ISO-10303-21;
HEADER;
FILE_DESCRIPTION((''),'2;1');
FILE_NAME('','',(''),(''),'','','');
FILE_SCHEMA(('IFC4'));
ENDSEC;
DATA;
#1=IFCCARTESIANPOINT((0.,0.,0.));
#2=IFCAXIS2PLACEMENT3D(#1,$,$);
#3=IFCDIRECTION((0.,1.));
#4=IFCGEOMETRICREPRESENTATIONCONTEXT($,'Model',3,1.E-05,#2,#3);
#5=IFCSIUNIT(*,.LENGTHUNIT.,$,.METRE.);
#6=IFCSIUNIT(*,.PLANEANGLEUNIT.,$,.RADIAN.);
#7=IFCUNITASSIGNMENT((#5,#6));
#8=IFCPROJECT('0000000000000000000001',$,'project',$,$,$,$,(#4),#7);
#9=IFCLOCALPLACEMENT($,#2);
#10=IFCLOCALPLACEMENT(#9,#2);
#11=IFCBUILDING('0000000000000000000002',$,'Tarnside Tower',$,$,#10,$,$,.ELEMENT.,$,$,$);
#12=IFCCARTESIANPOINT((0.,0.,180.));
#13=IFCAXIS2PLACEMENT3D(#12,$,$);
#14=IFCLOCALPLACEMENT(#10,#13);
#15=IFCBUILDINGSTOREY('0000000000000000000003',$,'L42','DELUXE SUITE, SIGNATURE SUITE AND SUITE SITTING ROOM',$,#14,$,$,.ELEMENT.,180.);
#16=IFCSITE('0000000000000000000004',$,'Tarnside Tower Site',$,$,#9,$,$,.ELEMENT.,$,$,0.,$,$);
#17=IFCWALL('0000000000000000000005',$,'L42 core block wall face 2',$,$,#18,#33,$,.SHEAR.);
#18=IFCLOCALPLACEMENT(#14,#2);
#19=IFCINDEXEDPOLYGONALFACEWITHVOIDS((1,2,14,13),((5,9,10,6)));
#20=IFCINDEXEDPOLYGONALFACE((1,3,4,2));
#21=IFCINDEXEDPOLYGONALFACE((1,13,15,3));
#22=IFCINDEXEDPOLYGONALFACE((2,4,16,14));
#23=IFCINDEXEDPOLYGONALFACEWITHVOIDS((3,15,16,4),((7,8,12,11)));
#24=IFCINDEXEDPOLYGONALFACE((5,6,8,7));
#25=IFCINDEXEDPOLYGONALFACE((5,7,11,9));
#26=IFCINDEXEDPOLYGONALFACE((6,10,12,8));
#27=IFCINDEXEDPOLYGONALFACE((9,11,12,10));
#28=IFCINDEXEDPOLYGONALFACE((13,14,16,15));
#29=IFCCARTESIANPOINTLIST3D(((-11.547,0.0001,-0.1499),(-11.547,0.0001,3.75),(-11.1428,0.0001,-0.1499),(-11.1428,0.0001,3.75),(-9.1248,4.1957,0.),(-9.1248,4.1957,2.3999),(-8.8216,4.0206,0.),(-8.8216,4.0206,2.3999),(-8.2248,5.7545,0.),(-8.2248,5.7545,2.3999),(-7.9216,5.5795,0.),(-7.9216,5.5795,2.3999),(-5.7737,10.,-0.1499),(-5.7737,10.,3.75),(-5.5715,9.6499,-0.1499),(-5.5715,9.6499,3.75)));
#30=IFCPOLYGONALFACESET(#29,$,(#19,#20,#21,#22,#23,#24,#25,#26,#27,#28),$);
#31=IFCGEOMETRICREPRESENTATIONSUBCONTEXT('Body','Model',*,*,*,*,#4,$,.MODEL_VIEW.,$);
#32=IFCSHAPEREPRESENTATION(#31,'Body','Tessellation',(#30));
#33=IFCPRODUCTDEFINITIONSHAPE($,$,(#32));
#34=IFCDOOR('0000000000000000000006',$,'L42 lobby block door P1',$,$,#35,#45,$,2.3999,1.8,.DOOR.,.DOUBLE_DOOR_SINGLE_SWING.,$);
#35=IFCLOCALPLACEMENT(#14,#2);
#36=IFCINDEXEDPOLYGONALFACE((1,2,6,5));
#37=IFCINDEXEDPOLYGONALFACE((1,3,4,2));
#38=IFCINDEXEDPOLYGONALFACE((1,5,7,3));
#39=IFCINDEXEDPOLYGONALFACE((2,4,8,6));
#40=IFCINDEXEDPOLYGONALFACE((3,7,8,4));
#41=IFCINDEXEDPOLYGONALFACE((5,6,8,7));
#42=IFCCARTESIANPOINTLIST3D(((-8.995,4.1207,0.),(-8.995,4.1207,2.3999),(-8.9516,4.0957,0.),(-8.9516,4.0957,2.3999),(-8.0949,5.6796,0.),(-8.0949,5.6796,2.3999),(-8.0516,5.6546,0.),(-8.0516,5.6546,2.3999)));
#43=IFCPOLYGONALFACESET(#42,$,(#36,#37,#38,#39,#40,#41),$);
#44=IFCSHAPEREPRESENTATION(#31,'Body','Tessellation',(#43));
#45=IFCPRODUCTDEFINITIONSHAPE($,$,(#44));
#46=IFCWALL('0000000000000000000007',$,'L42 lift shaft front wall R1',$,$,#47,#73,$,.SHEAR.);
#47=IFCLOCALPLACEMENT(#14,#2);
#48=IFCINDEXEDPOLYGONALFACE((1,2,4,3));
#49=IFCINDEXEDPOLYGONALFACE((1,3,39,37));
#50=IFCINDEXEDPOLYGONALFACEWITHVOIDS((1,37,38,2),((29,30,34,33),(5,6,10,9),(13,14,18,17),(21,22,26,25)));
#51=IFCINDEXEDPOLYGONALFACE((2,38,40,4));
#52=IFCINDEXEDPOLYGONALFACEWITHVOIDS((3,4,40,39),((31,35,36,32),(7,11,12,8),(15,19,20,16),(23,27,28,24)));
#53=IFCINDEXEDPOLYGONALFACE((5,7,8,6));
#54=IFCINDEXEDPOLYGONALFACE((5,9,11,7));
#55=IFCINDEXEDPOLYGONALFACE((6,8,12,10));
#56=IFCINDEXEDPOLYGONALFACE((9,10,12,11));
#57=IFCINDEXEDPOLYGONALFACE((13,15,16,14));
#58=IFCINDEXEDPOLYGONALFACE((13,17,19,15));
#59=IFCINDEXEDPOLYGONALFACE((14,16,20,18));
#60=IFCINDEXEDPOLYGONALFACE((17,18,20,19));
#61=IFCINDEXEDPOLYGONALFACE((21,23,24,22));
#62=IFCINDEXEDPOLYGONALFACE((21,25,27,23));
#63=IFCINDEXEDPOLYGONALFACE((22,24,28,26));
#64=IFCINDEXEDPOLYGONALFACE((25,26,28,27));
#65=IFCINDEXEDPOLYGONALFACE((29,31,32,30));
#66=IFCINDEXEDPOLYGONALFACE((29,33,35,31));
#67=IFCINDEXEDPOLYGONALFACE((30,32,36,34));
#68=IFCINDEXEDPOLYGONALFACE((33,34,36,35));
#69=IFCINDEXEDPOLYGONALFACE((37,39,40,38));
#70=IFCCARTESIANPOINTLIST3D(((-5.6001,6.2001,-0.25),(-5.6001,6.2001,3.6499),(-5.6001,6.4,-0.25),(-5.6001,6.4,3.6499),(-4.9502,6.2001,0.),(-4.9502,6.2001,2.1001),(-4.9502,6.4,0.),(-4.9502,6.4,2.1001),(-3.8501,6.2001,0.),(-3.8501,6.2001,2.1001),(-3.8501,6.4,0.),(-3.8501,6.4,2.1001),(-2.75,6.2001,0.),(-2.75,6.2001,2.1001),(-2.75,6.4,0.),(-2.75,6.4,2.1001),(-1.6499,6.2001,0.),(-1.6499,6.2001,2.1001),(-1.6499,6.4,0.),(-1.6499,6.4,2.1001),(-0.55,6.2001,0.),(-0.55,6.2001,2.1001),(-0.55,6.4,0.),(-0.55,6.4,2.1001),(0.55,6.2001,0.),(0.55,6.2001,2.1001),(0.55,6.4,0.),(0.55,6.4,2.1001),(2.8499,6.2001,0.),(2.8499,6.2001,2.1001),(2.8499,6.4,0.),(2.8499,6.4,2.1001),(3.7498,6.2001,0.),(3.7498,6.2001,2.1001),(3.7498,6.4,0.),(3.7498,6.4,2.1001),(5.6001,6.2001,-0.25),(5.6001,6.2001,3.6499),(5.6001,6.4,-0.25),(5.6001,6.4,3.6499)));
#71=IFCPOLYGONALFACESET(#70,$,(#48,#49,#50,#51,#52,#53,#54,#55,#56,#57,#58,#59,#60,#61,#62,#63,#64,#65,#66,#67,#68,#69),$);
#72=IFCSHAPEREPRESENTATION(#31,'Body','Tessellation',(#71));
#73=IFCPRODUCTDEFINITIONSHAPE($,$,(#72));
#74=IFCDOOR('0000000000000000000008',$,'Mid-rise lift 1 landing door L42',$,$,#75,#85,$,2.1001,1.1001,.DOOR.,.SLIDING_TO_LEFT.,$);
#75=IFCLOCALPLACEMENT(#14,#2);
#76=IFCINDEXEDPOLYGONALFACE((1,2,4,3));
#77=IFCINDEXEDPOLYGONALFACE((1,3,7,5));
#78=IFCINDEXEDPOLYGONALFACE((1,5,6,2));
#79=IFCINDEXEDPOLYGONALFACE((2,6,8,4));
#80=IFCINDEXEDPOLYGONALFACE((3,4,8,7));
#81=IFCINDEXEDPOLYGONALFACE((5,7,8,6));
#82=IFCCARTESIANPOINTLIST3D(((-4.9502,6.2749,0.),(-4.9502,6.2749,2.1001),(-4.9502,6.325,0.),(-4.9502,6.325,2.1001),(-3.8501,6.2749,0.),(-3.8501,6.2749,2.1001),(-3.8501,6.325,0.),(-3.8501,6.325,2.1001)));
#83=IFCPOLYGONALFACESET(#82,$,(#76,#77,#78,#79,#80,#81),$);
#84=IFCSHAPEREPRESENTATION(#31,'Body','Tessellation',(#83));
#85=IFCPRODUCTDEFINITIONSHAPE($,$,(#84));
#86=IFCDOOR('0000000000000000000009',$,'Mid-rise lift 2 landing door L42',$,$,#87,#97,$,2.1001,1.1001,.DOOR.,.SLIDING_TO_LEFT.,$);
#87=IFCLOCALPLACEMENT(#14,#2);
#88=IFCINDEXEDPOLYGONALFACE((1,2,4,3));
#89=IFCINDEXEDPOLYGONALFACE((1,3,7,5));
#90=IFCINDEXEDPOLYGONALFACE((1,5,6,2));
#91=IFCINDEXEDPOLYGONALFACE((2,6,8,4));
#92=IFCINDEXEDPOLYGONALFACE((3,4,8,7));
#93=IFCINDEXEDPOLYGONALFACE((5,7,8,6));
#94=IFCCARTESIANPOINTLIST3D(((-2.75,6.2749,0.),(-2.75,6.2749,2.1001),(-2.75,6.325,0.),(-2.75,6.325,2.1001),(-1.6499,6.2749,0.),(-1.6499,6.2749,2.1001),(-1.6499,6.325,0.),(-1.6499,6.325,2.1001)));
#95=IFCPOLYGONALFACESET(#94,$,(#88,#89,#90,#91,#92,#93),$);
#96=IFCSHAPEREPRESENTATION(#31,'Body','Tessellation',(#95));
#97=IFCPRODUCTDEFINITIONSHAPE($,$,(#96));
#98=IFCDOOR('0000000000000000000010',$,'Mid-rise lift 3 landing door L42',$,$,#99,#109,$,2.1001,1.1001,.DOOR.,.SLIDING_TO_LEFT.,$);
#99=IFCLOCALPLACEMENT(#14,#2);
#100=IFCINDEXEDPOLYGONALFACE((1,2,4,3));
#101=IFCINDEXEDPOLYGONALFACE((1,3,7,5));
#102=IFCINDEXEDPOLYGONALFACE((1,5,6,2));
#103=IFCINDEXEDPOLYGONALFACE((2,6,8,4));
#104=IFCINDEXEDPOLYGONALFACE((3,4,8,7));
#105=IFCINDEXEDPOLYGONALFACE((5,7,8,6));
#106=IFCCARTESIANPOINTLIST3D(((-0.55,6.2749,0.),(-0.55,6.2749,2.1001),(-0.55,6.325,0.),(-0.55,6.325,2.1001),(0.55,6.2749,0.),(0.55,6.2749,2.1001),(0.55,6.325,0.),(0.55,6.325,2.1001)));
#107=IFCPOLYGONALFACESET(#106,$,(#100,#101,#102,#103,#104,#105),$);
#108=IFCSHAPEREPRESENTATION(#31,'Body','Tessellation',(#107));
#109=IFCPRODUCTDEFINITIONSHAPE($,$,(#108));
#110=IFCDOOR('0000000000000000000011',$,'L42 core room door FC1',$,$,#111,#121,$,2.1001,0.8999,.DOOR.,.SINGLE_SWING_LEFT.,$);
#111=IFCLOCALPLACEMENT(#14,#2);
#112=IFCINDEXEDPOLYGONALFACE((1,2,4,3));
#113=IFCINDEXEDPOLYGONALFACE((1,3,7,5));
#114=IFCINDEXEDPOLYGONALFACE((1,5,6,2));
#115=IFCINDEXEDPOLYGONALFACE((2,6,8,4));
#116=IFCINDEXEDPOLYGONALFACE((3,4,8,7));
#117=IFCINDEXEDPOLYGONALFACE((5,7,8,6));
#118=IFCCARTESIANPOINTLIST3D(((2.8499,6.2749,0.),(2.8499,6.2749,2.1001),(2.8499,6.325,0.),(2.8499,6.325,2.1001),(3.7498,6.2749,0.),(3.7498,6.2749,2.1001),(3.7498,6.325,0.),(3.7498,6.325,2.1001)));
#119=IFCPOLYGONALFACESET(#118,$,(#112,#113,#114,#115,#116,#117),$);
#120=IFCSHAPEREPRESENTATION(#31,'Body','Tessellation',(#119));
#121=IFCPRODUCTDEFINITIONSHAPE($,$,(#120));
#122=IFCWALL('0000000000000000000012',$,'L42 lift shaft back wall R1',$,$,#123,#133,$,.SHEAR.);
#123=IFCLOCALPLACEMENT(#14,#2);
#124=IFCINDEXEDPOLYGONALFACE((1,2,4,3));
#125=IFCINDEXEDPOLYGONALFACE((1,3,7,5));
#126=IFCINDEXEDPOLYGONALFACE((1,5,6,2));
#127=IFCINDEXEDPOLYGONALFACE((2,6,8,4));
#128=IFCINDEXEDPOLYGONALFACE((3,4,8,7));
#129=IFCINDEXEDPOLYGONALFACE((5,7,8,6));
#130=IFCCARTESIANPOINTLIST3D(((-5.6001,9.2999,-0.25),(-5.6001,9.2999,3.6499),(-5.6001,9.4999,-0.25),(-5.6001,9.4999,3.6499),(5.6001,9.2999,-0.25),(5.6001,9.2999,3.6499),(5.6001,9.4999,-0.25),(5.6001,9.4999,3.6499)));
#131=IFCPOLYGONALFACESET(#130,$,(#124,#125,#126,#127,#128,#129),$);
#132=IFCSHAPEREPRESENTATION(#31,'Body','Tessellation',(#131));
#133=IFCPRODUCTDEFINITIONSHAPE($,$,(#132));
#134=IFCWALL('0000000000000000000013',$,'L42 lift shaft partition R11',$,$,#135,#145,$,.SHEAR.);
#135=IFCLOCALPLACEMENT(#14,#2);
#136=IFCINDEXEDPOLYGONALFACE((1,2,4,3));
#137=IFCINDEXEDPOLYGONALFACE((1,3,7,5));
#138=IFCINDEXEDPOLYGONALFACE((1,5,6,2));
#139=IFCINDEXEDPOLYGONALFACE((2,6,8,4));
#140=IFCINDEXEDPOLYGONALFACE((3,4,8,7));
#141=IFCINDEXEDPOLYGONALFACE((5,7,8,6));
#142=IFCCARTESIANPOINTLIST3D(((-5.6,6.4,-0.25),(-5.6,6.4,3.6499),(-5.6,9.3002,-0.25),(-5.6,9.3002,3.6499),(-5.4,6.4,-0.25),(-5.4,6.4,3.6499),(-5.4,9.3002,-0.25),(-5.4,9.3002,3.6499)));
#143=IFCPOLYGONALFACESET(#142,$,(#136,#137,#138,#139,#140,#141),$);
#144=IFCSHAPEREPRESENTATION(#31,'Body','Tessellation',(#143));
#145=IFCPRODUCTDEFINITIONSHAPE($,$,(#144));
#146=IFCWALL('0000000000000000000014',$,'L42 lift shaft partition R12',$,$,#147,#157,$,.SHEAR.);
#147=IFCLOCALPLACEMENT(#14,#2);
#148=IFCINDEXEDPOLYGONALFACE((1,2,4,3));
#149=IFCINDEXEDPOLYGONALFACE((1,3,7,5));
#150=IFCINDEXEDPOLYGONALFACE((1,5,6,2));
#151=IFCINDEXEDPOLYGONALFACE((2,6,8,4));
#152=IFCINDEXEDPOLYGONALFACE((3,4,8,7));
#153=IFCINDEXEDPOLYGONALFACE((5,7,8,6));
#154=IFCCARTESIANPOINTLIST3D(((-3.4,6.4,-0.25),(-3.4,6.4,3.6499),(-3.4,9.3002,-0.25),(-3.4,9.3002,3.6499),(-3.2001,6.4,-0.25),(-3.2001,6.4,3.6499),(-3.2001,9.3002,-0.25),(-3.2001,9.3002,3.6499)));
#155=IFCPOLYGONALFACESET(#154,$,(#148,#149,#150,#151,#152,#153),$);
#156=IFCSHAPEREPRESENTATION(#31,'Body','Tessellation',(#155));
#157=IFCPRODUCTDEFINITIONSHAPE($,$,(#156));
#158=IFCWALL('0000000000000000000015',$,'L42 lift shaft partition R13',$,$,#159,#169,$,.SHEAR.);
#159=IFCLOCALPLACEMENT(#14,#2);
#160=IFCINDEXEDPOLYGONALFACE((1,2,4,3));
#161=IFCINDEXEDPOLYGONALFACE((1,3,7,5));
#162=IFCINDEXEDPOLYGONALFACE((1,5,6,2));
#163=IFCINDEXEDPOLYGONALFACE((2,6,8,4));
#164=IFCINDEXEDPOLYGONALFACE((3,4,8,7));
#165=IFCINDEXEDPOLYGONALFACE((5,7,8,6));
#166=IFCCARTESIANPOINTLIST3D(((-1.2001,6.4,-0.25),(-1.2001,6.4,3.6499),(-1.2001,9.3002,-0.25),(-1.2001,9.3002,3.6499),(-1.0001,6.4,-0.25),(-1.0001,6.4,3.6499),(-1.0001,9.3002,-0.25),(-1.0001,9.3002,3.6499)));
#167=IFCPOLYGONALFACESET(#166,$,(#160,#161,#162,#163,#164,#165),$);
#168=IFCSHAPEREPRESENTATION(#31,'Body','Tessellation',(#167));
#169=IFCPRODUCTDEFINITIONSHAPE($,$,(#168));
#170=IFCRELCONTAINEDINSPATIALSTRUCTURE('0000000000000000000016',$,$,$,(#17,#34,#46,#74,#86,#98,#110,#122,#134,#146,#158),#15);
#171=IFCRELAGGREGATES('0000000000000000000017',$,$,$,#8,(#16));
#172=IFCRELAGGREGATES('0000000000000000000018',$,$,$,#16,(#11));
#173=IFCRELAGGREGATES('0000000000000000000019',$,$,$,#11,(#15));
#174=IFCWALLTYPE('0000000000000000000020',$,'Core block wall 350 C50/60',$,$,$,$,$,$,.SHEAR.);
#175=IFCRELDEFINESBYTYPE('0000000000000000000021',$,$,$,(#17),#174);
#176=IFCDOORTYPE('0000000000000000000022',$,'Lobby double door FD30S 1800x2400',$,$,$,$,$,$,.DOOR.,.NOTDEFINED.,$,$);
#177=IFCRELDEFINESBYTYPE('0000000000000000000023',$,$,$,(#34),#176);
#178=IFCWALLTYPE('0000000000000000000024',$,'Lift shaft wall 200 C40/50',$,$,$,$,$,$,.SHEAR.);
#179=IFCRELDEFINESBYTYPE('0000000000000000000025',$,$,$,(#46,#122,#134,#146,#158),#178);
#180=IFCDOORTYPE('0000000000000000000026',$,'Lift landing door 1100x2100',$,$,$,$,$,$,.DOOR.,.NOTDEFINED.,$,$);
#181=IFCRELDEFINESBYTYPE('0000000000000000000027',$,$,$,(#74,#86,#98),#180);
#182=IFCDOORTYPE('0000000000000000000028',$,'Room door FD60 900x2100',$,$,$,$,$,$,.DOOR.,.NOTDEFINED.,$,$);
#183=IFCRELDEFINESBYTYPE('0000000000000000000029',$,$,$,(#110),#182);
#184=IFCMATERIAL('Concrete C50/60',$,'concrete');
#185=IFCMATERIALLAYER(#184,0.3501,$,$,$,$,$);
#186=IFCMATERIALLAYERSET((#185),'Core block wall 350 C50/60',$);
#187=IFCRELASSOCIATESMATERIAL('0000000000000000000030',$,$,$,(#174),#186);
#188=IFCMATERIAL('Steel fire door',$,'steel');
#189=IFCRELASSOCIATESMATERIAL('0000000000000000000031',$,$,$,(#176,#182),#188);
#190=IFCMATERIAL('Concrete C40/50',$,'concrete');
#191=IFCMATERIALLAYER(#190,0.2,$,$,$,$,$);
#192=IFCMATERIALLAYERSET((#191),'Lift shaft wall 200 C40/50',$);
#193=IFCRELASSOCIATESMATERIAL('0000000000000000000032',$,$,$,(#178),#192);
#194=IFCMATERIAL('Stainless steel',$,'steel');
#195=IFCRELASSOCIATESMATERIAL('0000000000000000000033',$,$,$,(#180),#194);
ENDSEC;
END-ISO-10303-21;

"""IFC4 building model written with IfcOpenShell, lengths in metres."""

from ifc_helpers import new_model, si_unit, direction, frame, frame_2d, origin, place, context, subcontext, project, spatial, polyline, rectangle, outline, extrude, material, layer, layer_set, type_object, element, fill, save


model = new_model("IFC4")

# Units and contexts
model_context = context("Model", 3, precision=1e-05, world=origin(), true_north=direction((0.0, 1.0)))
body_context = subcontext(model_context, "Body", "Model", "MODEL_VIEW")
ifc_project = project(units=[si_unit("LENGTHUNIT", "METRE"), si_unit("PLANEANGLEUNIT", "RADIAN")], contexts=[model_context])

# Site, building, storey
site_placement = place(None, origin())
site = spatial("IfcSite", under=ifc_project, at=site_placement, Name="Tarnside Tower Site", CompositionType="ELEMENT", RefElevation=0.0)
building_placement = place(site_placement, origin())
building = spatial("IfcBuilding", under=site, at=building_placement, Name="Tarnside Tower", CompositionType="ELEMENT")
storey_placement = place(building_placement, frame((0.0, 0.0, 180.0)))
storey = spatial("IfcBuildingStorey", under=building, at=storey_placement, Name="L42", Description="DELUXE SUITE, SIGNATURE SUITE AND SUITE SITTING ROOM", CompositionType="ELEMENT", Elevation=180.0)

# Wall, opening, door
ifc_material_1 = material(Name="Concrete C50/60", Category="concrete")
ifc_layer_1 = layer(ifc_material_1, 0.3501)
ifc_layer_set_1 = layer_set([ifc_layer_1], Name="Core block wall 350 C50/60")
wall_type_1 = type_object("IfcWallType", Name="Core block wall 350 C50/60", PredefinedType="SHEAR", material=ifc_layer_set_1)
wall_1_placement = place(storey_placement, frame((-5.6726, 9.825, -0.1499), z_axis=(0.0, 0.0, 1.0), x_axis=(-0.499995, -0.866028, 0.0)))
wall_1 = element("IfcWall", 1, at=wall_1_placement, inside=storey, type_object=wall_type_1, Name="L42 core block wall face 2", PredefinedType="SHEAR", context=body_context, shape_type="SweptSolid", body=[
    extrude(outline(polyline([(-0.1011, -0.175), (11.4458, -0.175), (11.2437, 0.175), (0.1011, 0.175), (-0.1011, -0.175)])), origin(), (0.0, 0.0, 1.0), 3.8999),
])
opening_1_placement = place(wall_1_placement, frame((4.8013, 0.0, 0.1499)))
opening_1 = element("IfcOpeningElement", 2, at=opening_1_placement, cuts=wall_1, PredefinedType="OPENING", context=body_context, shape_type="SweptSolid", body=[
    extrude(rectangle(XDim=1.8, YDim=2.3999, at=frame_2d((0.8999, 1.2))), frame((0.0, 0.1851, 0.0), z_axis=(0.0, -1.0, 0.0), x_axis=(1.0, 0.0, 0.0)), (0.0, 0.0, 1.0), 0.3701),
])
ifc_material_2 = material(Name="Steel fire door", Category="steel")
door_type_1 = type_object("IfcDoorType", Name="Lobby double door FD30S 1800x2400", OperationType="NOTDEFINED", PredefinedType="DOOR", material=ifc_material_2)
door_1_placement = place(opening_1_placement, origin())
door_1 = element("IfcDoor", 3, at=door_1_placement, inside=storey, type_object=door_type_1, Name="L42 lobby block door P1", OperationType="DOUBLE_DOOR_SINGLE_SWING", OverallHeight=2.3999, OverallWidth=1.8, PredefinedType="DOOR", context=body_context, shape_type="SweptSolid", body=[
    extrude(rectangle(XDim=1.8, YDim=2.3999, at=frame_2d((0.8999, 1.2))), frame((0.0, 0.0249, 0.0), z_axis=(0.0, -1.0, 0.0), x_axis=(1.0, 0.0, 0.0)), (0.0, 0.0, 1.0), 0.05),
])
fill(opening_1, door_1)

# Wall, openings, doors
ifc_material_3 = material(Name="Concrete C40/50", Category="concrete")
ifc_layer_2 = layer(ifc_material_3, 0.2)
ifc_layer_set_2 = layer_set([ifc_layer_2], Name="Lift shaft wall 200 C40/50")
wall_type_2 = type_object("IfcWallType", Name="Lift shaft wall 200 C40/50", PredefinedType="SHEAR", material=ifc_layer_set_2)
wall_2_placement = place(storey_placement, frame((-5.6001, 6.3, -0.25), z_axis=(0.0, 0.0, 1.0), x_axis=(1.0, 0.0, 0.0)))
wall_2 = element("IfcWall", 4, at=wall_2_placement, inside=storey, type_object=wall_type_2, Name="L42 lift shaft front wall R1", PredefinedType="SHEAR", context=body_context, shape_type="SweptSolid", body=[
    extrude(rectangle(XDim=11.2002, YDim=0.2, at=frame_2d((5.6001, 0.0))), origin(), (0.0, 0.0, 1.0), 3.8999),
])
opening_2_placement = place(wall_2_placement, frame((8.45, 0.0, 0.25)))
opening_2 = element("IfcOpeningElement", 5, at=opening_2_placement, cuts=wall_2, PredefinedType="OPENING", context=body_context, shape_type="SweptSolid", body=[
    extrude(rectangle(XDim=0.8999, YDim=2.1001, at=frame_2d((0.45, 1.05))), frame((0.0, 0.1099, 0.0), z_axis=(0.0, -1.0, 0.0), x_axis=(1.0, 0.0, 0.0)), (0.0, 0.0, 1.0), 0.22),
])
opening_3_placement = place(wall_2_placement, frame((0.6499, 0.0, 0.25)))
opening_3 = element("IfcOpeningElement", 6, at=opening_3_placement, cuts=wall_2, PredefinedType="OPENING", context=body_context, shape_type="SweptSolid", body=[
    extrude(rectangle(XDim=1.1001, YDim=2.1001, at=frame_2d((0.55, 1.05))), frame((0.0, 0.1099, 0.0), z_axis=(0.0, -1.0, 0.0), x_axis=(1.0, 0.0, 0.0)), (0.0, 0.0, 1.0), 0.22),
])
opening_4_placement = place(wall_2_placement, frame((2.8501, 0.0, 0.25)))
opening_4 = element("IfcOpeningElement", 7, at=opening_4_placement, cuts=wall_2, PredefinedType="OPENING", context=body_context, shape_type="SweptSolid", body=[
    extrude(rectangle(XDim=1.1001, YDim=2.1001, at=frame_2d((0.55, 1.05))), frame((0.0, 0.1099, 0.0), z_axis=(0.0, -1.0, 0.0), x_axis=(1.0, 0.0, 0.0)), (0.0, 0.0, 1.0), 0.22),
])
opening_5_placement = place(wall_2_placement, frame((5.05, 0.0, 0.25)))
opening_5 = element("IfcOpeningElement", 8, at=opening_5_placement, cuts=wall_2, PredefinedType="OPENING", context=body_context, shape_type="SweptSolid", body=[
    extrude(rectangle(XDim=1.1001, YDim=2.1001, at=frame_2d((0.55, 1.05))), frame((0.0, 0.1099, 0.0), z_axis=(0.0, -1.0, 0.0), x_axis=(1.0, 0.0, 0.0)), (0.0, 0.0, 1.0), 0.22),
])
ifc_material_4 = material(Name="Stainless steel", Category="steel")
door_type_2 = type_object("IfcDoorType", Name="Lift landing door 1100x2100", OperationType="NOTDEFINED", PredefinedType="DOOR", material=ifc_material_4)
door_2_placement = place(opening_3_placement, origin())
door_2 = element("IfcDoor", 9, at=door_2_placement, inside=storey, type_object=door_type_2, Name="Mid-rise lift 1 landing door L42", OperationType="SLIDING_TO_LEFT", OverallHeight=2.1001, OverallWidth=1.1001, PredefinedType="DOOR", context=body_context, shape_type="SweptSolid", body=[
    extrude(rectangle(XDim=1.1001, YDim=2.1001, at=frame_2d((0.55, 1.05))), frame((0.0, 0.0249, 0.0), z_axis=(0.0, -1.0, 0.0), x_axis=(1.0, 0.0, 0.0)), (0.0, 0.0, 1.0), 0.05),
])
fill(opening_3, door_2)
door_3_placement = place(opening_4_placement, origin())
door_3 = element("IfcDoor", 10, at=door_3_placement, inside=storey, type_object=door_type_2, Name="Mid-rise lift 2 landing door L42", OperationType="SLIDING_TO_LEFT", OverallHeight=2.1001, OverallWidth=1.1001, PredefinedType="DOOR", context=body_context, shape_type="SweptSolid", body=[
    extrude(rectangle(XDim=1.1001, YDim=2.1001, at=frame_2d((0.55, 1.05))), frame((0.0, 0.0249, 0.0), z_axis=(0.0, -1.0, 0.0), x_axis=(1.0, 0.0, 0.0)), (0.0, 0.0, 1.0), 0.05),
])
fill(opening_4, door_3)
door_4_placement = place(opening_5_placement, origin())
door_4 = element("IfcDoor", 11, at=door_4_placement, inside=storey, type_object=door_type_2, Name="Mid-rise lift 3 landing door L42", OperationType="SLIDING_TO_LEFT", OverallHeight=2.1001, OverallWidth=1.1001, PredefinedType="DOOR", context=body_context, shape_type="SweptSolid", body=[
    extrude(rectangle(XDim=1.1001, YDim=2.1001, at=frame_2d((0.55, 1.05))), frame((0.0, 0.0249, 0.0), z_axis=(0.0, -1.0, 0.0), x_axis=(1.0, 0.0, 0.0)), (0.0, 0.0, 1.0), 0.05),
])
fill(opening_5, door_4)
door_type_3 = type_object("IfcDoorType", Name="Room door FD60 900x2100", OperationType="NOTDEFINED", PredefinedType="DOOR", material=ifc_material_2)
door_5_placement = place(opening_2_placement, origin())
door_5 = element("IfcDoor", 12, at=door_5_placement, inside=storey, type_object=door_type_3, Name="L42 core room door FC1", OperationType="SINGLE_SWING_LEFT", OverallHeight=2.1001, OverallWidth=0.8999, PredefinedType="DOOR", context=body_context, shape_type="SweptSolid", body=[
    extrude(rectangle(XDim=0.8999, YDim=2.1001, at=frame_2d((0.45, 1.05))), frame((0.0, 0.0249, 0.0), z_axis=(0.0, -1.0, 0.0), x_axis=(1.0, 0.0, 0.0)), (0.0, 0.0, 1.0), 0.05),
])
fill(opening_2, door_5)

# Walls
wall_3_placement = place(storey_placement, frame((-5.6001, 9.3999, -0.25), z_axis=(0.0, 0.0, 1.0), x_axis=(1.0, 0.0, 0.0)))
element("IfcWall", 13, at=wall_3_placement, inside=storey, type_object=wall_type_2, Name="L42 lift shaft back wall R1", PredefinedType="SHEAR", context=body_context, shape_type="SweptSolid", body=[
    extrude(rectangle(XDim=11.2002, YDim=0.2, at=frame_2d((5.6001, 0.0))), origin(), (0.0, 0.0, 1.0), 3.8999),
])
for number, where, z_axis, x_axis, name in (
    (14, (-5.5, 6.3999, -0.25), (0.0, 0.0, 1.0), (0.0, 1.0, 0.0), "L42 lift shaft partition R11"),
    (15, (-3.3, 6.3999, -0.25), (0.0, 0.0, 1.0), (0.0, 1.0, 0.0), "L42 lift shaft partition R12"),
    (16, (-1.1001, 6.3999, -0.25), (0.0, 0.0, 1.0), (0.0, 1.0, 0.0), "L42 lift shaft partition R13"),
):
    element("IfcWall", number, at=place(storey_placement, frame(where, z_axis=z_axis, x_axis=x_axis)), inside=storey, type_object=wall_type_2, Name=name, PredefinedType="SHEAR", context=body_context, shape_type="SweptSolid", body=[
        extrude(rectangle(XDim=2.9001, YDim=0.2, at=frame_2d((1.4502, 0.0))), origin(), (0.0, 0.0, 1.0), 3.8999),
    ])

save(model, "model.ifc")
